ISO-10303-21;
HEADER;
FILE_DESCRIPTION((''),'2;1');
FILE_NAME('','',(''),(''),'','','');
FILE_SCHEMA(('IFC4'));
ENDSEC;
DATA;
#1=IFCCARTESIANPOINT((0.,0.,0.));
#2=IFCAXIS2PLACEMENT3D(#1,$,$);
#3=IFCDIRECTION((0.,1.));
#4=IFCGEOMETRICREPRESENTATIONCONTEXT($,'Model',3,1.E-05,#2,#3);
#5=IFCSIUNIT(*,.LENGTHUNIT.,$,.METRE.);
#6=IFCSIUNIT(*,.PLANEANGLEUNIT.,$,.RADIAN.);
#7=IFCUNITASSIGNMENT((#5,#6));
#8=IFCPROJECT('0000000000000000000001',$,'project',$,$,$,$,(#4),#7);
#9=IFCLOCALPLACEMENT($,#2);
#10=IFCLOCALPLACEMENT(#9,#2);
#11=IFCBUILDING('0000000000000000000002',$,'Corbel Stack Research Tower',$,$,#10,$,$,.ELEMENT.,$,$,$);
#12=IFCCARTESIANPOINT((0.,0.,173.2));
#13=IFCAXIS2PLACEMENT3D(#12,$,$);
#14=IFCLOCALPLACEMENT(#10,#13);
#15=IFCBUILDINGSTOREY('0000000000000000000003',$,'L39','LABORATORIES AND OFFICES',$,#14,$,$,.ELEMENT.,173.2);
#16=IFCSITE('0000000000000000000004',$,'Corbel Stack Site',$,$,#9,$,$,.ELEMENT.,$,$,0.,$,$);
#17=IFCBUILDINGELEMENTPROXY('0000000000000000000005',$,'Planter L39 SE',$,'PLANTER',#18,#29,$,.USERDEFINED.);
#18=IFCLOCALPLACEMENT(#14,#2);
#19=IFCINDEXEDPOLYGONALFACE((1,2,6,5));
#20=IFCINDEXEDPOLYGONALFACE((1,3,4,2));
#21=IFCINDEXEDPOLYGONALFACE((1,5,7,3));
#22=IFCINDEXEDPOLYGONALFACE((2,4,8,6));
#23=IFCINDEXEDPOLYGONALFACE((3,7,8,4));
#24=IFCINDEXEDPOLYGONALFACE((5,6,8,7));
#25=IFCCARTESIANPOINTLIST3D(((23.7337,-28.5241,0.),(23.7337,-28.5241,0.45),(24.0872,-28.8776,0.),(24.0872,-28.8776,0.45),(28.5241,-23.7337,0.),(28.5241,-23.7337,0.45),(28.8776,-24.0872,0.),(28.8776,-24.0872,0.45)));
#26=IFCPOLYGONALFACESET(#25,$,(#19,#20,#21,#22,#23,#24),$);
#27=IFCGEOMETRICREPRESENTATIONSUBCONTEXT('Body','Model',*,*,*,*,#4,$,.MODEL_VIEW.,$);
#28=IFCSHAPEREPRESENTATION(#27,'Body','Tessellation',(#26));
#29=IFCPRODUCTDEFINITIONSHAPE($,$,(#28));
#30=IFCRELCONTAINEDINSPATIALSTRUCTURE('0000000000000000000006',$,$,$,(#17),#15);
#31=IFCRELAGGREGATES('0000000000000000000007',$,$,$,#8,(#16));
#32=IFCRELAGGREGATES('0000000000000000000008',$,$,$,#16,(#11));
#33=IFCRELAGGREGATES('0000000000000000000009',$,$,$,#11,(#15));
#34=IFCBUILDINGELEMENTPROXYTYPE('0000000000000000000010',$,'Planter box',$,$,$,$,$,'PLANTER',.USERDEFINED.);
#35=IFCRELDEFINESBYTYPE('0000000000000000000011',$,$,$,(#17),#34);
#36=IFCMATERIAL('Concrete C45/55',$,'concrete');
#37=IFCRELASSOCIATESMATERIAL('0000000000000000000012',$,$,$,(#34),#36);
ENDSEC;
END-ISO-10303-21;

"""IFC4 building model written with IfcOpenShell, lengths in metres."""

from ifc_helpers import new_model, si_unit, direction, frame, origin, origin_2d, place, context, subcontext, project, spatial, rectangle, extrude, material, type_object, element, save


model = new_model("IFC4")

# Units and contexts
model_context = context("Model", 3, precision=1e-05, world=origin(), true_north=direction((0.0, 1.0)))
body_context = subcontext(model_context, "Body", "Model", "MODEL_VIEW")
ifc_project = project(units=[si_unit("LENGTHUNIT", "METRE"), si_unit("PLANEANGLEUNIT", "RADIAN")], contexts=[model_context])

# Site, building, storey
site_placement = place(None, origin())
site = spatial("IfcSite", under=ifc_project, at=site_placement, Name="Corbel Stack Site", CompositionType="ELEMENT", RefElevation=0.0)
building_placement = place(site_placement, origin())
building = spatial("IfcBuilding", under=site, at=building_placement, Name="Corbel Stack Research Tower", CompositionType="ELEMENT")
storey_placement = place(building_placement, frame((0.0, 0.0, 173.2)))
storey = spatial("IfcBuildingStorey", under=building, at=storey_placement, Name="L39", Description="LABORATORIES AND OFFICES", CompositionType="ELEMENT", Elevation=173.2)

# Building element proxy
ifc_material_1 = material(Name="Concrete C45/55", Category="concrete")
building_element_proxy_type = type_object("IfcBuildingElementProxyType", Name="Planter box", ElementType="PLANTER", PredefinedType="USERDEFINED", material=ifc_material_1)
proxy_placement = place(storey_placement, frame((26.3057, -26.3057, 0.0), z_axis=(0.0, 0.0, 1.0), x_axis=(0.707107, 0.707107, 0.0)))
element("IfcBuildingElementProxy", 1, at=proxy_placement, inside=storey, type_object=building_element_proxy_type, Name="Planter L39 SE", ObjectType="PLANTER", PredefinedType="USERDEFINED", context=body_context, shape_type="SweptSolid", body=[
    extrude(rectangle(XDim=6.7747, YDim=0.5, at=origin_2d()), origin(), (0.0, 0.0, 1.0), 0.45),
])

save(model, "model.ifc")
